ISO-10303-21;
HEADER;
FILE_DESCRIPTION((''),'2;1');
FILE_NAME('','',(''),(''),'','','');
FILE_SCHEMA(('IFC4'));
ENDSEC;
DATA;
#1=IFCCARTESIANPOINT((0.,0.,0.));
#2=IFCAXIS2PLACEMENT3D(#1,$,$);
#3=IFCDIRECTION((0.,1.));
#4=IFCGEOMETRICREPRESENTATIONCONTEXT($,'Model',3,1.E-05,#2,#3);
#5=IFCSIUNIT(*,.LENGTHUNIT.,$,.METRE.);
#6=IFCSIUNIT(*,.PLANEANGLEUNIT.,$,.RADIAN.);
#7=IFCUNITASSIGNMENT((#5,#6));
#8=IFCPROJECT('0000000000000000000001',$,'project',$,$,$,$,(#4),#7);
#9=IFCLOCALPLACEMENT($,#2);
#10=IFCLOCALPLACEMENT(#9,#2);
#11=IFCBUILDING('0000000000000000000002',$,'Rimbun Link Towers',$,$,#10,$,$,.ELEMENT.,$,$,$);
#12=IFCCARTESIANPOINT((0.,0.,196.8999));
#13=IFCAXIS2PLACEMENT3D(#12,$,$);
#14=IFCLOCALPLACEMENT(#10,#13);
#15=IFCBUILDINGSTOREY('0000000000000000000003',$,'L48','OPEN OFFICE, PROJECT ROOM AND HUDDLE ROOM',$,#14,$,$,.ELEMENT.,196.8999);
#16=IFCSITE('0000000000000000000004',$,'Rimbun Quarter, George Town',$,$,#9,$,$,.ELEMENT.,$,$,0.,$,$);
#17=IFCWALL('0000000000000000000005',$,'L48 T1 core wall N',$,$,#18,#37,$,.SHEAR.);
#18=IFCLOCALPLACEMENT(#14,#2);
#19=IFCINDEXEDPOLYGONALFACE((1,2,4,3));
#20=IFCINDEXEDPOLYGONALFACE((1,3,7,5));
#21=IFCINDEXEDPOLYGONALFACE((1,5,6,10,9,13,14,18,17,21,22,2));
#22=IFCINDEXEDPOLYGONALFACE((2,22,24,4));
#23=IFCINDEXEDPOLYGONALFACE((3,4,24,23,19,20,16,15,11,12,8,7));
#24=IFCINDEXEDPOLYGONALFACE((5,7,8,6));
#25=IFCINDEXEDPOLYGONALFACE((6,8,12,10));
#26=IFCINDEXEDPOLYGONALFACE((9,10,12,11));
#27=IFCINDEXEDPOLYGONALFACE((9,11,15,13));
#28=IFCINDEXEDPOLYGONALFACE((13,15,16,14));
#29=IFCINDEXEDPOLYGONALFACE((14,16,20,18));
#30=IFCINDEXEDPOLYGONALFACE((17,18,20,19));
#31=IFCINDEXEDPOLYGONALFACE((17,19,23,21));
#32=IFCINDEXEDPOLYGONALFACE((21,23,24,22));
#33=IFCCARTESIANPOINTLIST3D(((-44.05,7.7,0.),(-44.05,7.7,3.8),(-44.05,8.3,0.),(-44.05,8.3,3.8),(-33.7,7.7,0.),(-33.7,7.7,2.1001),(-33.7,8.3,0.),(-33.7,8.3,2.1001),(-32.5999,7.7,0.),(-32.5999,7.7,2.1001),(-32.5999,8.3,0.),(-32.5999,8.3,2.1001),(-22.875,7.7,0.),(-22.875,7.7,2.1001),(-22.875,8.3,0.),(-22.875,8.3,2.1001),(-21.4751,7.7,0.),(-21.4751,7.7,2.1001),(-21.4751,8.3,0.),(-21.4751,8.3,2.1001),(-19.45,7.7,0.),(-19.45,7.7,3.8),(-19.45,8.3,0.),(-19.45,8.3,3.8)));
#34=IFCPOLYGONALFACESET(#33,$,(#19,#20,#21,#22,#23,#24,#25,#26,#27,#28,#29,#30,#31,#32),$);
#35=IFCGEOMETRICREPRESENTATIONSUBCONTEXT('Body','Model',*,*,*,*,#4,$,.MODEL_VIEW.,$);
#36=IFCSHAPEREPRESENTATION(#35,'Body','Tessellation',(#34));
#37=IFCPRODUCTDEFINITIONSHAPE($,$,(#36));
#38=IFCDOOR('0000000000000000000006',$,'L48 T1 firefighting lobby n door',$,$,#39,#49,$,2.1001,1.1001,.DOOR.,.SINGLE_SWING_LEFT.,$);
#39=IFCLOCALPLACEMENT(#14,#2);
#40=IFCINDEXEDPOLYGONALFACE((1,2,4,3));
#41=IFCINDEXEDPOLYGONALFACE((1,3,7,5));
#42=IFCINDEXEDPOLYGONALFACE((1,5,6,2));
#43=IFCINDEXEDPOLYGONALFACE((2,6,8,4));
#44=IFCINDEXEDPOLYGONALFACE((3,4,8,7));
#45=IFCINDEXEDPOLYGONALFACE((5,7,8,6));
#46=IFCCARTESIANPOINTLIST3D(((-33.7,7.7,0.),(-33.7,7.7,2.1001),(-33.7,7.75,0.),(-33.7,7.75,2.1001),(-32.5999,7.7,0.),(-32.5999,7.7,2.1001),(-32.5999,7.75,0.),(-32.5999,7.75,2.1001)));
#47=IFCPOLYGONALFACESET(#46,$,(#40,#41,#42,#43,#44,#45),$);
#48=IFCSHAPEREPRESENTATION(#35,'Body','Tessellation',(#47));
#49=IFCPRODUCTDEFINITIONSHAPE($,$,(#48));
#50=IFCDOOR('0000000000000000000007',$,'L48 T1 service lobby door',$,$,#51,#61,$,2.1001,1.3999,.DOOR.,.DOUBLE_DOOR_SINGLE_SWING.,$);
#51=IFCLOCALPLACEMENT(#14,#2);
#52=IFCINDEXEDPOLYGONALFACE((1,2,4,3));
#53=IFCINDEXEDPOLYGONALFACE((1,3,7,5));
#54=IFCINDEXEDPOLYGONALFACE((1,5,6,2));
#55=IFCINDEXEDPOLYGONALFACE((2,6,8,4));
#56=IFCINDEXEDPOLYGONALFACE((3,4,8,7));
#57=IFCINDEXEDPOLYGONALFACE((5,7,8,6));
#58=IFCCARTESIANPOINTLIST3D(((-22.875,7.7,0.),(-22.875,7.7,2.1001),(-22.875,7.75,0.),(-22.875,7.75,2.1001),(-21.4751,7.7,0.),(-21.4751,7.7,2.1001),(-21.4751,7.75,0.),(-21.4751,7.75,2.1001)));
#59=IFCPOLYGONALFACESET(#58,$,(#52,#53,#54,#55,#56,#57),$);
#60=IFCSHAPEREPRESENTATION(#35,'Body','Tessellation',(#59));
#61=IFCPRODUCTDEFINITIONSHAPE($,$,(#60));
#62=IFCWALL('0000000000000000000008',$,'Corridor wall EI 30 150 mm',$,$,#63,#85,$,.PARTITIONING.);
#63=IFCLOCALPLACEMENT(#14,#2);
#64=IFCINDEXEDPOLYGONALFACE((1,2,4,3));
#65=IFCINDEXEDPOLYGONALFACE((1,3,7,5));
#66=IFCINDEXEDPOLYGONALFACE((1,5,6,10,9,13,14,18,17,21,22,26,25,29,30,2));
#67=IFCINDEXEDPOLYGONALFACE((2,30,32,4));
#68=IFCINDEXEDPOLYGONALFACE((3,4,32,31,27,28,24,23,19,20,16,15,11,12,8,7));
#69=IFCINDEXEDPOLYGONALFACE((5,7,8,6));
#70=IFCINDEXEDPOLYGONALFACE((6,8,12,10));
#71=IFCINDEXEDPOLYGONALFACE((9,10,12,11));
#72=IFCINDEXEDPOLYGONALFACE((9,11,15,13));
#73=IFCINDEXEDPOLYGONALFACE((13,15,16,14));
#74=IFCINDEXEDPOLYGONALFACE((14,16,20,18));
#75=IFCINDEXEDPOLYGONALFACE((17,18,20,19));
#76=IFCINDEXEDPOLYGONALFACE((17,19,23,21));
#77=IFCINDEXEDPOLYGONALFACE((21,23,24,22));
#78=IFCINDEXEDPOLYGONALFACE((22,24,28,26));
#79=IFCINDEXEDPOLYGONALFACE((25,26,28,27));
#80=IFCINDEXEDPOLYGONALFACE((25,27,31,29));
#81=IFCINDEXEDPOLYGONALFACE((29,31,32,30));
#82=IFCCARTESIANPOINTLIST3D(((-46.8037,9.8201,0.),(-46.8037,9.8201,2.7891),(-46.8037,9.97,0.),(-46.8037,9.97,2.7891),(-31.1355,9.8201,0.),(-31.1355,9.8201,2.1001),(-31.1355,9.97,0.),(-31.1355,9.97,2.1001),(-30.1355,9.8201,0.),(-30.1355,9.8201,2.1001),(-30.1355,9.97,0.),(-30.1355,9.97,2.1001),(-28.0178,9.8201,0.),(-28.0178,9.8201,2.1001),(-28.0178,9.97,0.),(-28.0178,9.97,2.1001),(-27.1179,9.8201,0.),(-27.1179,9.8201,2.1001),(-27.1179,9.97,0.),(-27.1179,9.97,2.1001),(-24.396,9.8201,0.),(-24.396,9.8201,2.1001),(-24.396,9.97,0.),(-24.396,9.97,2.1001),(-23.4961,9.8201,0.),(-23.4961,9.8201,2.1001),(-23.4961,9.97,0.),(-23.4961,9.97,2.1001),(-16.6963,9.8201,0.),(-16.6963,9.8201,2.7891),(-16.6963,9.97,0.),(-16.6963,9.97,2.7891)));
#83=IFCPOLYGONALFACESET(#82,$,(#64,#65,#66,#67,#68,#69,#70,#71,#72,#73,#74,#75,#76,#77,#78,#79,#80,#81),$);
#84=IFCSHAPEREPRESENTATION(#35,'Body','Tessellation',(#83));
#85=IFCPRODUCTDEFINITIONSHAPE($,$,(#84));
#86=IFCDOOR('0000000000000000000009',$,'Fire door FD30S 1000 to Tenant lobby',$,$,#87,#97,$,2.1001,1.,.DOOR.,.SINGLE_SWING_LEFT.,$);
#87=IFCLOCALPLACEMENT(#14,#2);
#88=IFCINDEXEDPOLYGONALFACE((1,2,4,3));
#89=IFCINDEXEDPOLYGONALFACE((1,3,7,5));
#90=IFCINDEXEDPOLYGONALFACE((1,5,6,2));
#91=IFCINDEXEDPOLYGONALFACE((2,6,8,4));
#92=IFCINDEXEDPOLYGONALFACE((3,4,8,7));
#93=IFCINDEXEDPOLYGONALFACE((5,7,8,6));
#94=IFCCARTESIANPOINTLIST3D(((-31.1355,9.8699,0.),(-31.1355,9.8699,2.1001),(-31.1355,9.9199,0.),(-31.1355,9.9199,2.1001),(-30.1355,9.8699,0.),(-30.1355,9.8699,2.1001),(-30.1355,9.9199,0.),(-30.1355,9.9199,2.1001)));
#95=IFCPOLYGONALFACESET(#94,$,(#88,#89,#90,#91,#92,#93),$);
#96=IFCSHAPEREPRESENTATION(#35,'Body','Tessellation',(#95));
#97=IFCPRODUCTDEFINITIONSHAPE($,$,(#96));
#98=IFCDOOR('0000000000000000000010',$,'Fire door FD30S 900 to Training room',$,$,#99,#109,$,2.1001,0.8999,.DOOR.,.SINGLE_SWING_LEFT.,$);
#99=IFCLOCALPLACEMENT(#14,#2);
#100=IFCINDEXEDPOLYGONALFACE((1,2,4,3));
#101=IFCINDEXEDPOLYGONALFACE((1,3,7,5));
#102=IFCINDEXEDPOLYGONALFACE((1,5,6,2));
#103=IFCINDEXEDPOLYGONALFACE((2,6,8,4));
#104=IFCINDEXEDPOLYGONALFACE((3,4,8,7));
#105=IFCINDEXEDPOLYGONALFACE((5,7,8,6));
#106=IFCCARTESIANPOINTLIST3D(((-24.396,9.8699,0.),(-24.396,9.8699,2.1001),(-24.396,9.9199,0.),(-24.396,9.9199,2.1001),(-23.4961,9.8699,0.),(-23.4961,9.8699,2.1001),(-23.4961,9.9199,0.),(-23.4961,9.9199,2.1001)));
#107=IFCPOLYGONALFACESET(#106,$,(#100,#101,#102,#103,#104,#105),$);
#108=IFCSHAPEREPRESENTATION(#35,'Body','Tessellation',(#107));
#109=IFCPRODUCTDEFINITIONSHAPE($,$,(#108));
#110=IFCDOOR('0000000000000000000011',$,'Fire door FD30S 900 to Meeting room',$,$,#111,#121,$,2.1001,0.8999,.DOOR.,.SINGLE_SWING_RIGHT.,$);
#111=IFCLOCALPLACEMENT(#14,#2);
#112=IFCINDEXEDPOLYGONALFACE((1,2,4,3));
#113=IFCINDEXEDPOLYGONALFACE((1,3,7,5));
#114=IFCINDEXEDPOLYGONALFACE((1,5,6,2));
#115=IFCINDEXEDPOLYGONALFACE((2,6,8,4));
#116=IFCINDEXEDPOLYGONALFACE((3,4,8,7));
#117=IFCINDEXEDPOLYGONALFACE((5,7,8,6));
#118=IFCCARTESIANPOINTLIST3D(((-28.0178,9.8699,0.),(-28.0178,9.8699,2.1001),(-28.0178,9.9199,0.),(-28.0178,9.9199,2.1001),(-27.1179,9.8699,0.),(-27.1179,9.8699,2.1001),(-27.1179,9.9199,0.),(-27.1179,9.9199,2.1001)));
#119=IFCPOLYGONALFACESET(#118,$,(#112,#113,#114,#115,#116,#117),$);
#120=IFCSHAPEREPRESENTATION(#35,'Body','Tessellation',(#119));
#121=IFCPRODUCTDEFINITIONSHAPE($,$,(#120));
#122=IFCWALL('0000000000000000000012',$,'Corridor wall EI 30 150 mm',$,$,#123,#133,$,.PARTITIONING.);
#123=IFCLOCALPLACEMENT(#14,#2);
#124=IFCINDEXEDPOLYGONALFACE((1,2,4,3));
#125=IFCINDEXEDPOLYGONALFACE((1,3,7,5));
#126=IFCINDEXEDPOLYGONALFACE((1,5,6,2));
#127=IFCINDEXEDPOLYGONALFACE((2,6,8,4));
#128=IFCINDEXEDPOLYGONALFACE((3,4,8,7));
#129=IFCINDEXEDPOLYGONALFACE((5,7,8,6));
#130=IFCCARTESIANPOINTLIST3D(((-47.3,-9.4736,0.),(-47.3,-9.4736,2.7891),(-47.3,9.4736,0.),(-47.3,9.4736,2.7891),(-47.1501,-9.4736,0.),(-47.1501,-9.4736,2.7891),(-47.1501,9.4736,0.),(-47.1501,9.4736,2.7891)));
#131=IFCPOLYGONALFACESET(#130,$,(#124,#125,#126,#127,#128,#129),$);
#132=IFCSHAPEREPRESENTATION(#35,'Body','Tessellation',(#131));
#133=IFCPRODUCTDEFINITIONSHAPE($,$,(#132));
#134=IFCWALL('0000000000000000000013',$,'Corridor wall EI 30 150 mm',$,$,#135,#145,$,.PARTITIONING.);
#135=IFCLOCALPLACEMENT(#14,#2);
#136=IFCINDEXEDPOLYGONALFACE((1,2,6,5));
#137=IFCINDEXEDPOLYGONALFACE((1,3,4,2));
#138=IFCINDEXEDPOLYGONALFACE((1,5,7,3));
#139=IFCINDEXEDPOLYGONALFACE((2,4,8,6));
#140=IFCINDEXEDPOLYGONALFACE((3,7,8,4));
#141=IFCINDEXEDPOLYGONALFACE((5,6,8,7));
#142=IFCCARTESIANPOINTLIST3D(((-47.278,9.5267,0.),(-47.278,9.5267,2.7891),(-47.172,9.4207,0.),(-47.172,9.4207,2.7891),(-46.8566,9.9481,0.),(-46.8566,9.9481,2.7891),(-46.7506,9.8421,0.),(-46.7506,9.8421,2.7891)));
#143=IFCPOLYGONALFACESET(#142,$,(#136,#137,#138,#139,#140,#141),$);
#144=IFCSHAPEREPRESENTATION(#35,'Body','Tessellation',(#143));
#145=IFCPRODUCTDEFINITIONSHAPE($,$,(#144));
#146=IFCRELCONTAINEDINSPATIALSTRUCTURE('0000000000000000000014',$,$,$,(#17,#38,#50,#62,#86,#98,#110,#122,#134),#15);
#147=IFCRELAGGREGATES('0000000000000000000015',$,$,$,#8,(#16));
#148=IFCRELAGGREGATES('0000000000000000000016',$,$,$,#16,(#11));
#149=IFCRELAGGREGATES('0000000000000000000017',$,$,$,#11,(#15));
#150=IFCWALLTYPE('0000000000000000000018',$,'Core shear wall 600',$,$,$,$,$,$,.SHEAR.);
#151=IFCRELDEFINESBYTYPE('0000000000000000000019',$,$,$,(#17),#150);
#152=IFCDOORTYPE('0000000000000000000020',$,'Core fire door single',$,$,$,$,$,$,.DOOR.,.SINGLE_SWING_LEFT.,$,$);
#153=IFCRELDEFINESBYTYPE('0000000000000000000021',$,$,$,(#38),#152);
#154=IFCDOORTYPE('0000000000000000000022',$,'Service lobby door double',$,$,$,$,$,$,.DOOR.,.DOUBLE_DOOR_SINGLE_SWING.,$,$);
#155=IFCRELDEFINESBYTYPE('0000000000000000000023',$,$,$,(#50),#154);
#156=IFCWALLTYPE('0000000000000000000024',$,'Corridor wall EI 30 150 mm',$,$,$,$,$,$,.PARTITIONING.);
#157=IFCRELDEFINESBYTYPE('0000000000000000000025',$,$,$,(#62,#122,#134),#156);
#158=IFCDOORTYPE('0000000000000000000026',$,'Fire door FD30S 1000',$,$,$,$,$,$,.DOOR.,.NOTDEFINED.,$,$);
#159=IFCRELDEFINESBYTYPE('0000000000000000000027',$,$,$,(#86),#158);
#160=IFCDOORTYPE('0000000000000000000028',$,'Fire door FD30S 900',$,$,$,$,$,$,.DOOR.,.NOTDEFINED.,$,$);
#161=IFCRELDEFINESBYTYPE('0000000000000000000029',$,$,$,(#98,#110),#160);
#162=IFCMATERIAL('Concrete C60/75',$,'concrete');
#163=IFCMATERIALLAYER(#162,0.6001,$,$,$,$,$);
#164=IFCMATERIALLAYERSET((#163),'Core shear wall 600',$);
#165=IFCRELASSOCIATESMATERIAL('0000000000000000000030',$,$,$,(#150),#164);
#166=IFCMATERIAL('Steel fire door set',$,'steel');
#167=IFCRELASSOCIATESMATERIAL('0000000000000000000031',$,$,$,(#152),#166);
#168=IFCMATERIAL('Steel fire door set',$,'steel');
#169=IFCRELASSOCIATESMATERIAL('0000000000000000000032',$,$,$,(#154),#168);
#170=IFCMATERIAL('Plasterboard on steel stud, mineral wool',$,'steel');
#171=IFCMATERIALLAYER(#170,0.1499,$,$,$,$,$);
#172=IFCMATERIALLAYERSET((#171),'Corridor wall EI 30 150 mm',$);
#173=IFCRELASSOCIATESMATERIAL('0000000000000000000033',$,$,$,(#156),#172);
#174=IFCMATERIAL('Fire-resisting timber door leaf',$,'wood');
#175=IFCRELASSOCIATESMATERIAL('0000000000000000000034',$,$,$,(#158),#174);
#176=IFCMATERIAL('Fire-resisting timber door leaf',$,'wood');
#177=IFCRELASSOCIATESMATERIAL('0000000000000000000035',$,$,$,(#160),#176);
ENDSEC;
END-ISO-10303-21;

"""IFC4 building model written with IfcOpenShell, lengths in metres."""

from ifc_helpers import new_model, si_unit, direction, frame, frame_2d, origin, place, context, subcontext, project, spatial, rectangle, extrude, material, layer, layer_set, type_object, element, fill, save


model = new_model("IFC4")

# Units and contexts
model_context = context("Model", 3, precision=1e-05, world=origin(), true_north=direction((0.0, 1.0)))
body_context = subcontext(model_context, "Body", "Model", "MODEL_VIEW")
ifc_project = project(units=[si_unit("LENGTHUNIT", "METRE"), si_unit("PLANEANGLEUNIT", "RADIAN")], contexts=[model_context])

# Site, building, storey
site_placement = place(None, origin())
site = spatial("IfcSite", under=ifc_project, at=site_placement, Name="Rimbun Quarter, George Town", CompositionType="ELEMENT", RefElevation=0.0)
building_placement = place(site_placement, origin())
building = spatial("IfcBuilding", under=site, at=building_placement, Name="Rimbun Link Towers", CompositionType="ELEMENT")
storey_placement = place(building_placement, frame((0.0, 0.0, 196.8999)))
storey = spatial("IfcBuildingStorey", under=building, at=storey_placement, Name="L48", Description="OPEN OFFICE, PROJECT ROOM AND HUDDLE ROOM", CompositionType="ELEMENT", Elevation=196.8999)

# Walls, openings, doors
ifc_material_1 = material(Name="Concrete C60/75", Category="concrete")
ifc_layer_1 = layer(ifc_material_1, 0.6001)
ifc_layer_set_1 = layer_set([ifc_layer_1], Name="Core shear wall 600")
wall_type_1 = type_object("IfcWallType", Name="Core shear wall 600", PredefinedType="SHEAR", material=ifc_layer_set_1)
wall_1_placement = place(storey_placement, frame((-44.05, 8.0, 0.0), z_axis=(0.0, 0.0, 1.0), x_axis=(1.0, 0.0, 0.0)))
wall_1 = element("IfcWall", 1, at=wall_1_placement, inside=storey, type_object=wall_type_1, Name="L48 T1 core wall N", PredefinedType="SHEAR", context=body_context, shape_type="SweptSolid", body=[
    extrude(rectangle(XDim=24.6001, YDim=0.6001, at=frame_2d((12.3, 0.0))), origin(), (0.0, 0.0, 1.0), 3.8),
])
opening_1_placement = place(wall_1_placement, frame((10.3501, 0.0, 0.0)))
opening_1 = element("IfcOpeningElement", 2, at=opening_1_placement, cuts=wall_1, PredefinedType="OPENING", context=body_context, shape_type="SweptSolid", body=[
    extrude(rectangle(XDim=1.1001, YDim=2.1001, at=frame_2d((0.55, 1.05))), frame((0.0, 0.3101, 0.0), z_axis=(0.0, -1.0, 0.0), x_axis=(1.0, 0.0, 0.0)), (0.0, 0.0, 1.0), 0.6201),
])
opening_2_placement = place(wall_1_placement, frame((21.175, 0.0, 0.0)))
opening_2 = element("IfcOpeningElement", 3, at=opening_2_placement, cuts=wall_1, PredefinedType="OPENING", context=body_context, shape_type="SweptSolid", body=[
    extrude(rectangle(XDim=1.3999, YDim=2.1001, at=frame_2d((0.7, 1.05))), frame((0.0, 0.3101, 0.0), z_axis=(0.0, -1.0, 0.0), x_axis=(1.0, 0.0, 0.0)), (0.0, 0.0, 1.0), 0.6201),
])
ifc_material_2 = material(Name="Steel fire door set", Category="steel")
door_type_1 = type_object("IfcDoorType", Name="Core fire door single", OperationType="SINGLE_SWING_LEFT", PredefinedType="DOOR", material=ifc_material_2)
door_1_placement = place(opening_1_placement, origin())
door_1 = element("IfcDoor", 4, at=door_1_placement, inside=storey, type_object=door_type_1, Name="L48 T1 firefighting lobby n door", OperationType="SINGLE_SWING_LEFT", OverallHeight=2.1001, OverallWidth=1.1001, PredefinedType="DOOR", context=body_context, shape_type="SweptSolid", body=[
    extrude(rectangle(XDim=1.1001, YDim=2.1001, at=frame_2d((0.55, 1.05))), frame((0.0, -0.25, 0.0), z_axis=(0.0, -1.0, 0.0), x_axis=(1.0, 0.0, 0.0)), (0.0, 0.0, 1.0), 0.05),
])
fill(opening_1, door_1)
ifc_material_3 = material(Name="Steel fire door set", Category="steel")
door_type_2 = type_object("IfcDoorType", Name="Service lobby door double", OperationType="DOUBLE_DOOR_SINGLE_SWING", PredefinedType="DOOR", material=ifc_material_3)
door_2_placement = place(opening_2_placement, origin())
door_2 = element("IfcDoor", 5, at=door_2_placement, inside=storey, type_object=door_type_2, Name="L48 T1 service lobby door", OperationType="DOUBLE_DOOR_SINGLE_SWING", OverallHeight=2.1001, OverallWidth=1.3999, PredefinedType="DOOR", context=body_context, shape_type="SweptSolid", body=[
    extrude(rectangle(XDim=1.3999, YDim=2.1001, at=frame_2d((0.7, 1.05))), frame((0.0, -0.25, 0.0), z_axis=(0.0, -1.0, 0.0), x_axis=(1.0, 0.0, 0.0)), (0.0, 0.0, 1.0), 0.05),
])
fill(opening_2, door_2)
ifc_material_4 = material(Name="Plasterboard on steel stud, mineral wool", Category="steel")
ifc_layer_2 = layer(ifc_material_4, 0.1499)
ifc_layer_set_2 = layer_set([ifc_layer_2], Name="Corridor wall EI 30 150 mm")
wall_type_2 = type_object("IfcWallType", Name="Corridor wall EI 30 150 mm", PredefinedType="PARTITIONING", material=ifc_layer_set_2)
wall_2_placement = place(storey_placement, frame((-46.8037, 9.895, 0.0), z_axis=(0.0, 0.0, 1.0), x_axis=(1.0, 0.0, 0.0)))
wall_2 = element("IfcWall", 6, at=wall_2_placement, inside=storey, type_object=wall_type_2, Name="Corridor wall EI 30 150 mm", PredefinedType="PARTITIONING", context=body_context, shape_type="SweptSolid", body=[
    extrude(rectangle(XDim=30.1074, YDim=0.1499, at=frame_2d((15.0537, 0.0))), origin(), (0.0, 0.0, 1.0), 2.7891),
])
opening_3_placement = place(wall_2_placement, frame((22.4077, 0.0, 0.0)))
opening_3 = element("IfcOpeningElement", 7, at=opening_3_placement, cuts=wall_2, PredefinedType="OPENING", context=body_context, shape_type="SweptSolid", body=[
    extrude(rectangle(XDim=0.8999, YDim=2.1001, at=frame_2d((0.45, 1.05))), frame((0.0, 0.085, 0.0), z_axis=(0.0, -1.0, 0.0), x_axis=(1.0, 0.0, 0.0)), (0.0, 0.0, 1.0), 0.1699),
])
opening_4_placement = place(wall_2_placement, frame((18.7859, 0.0, 0.0)))
opening_4 = element("IfcOpeningElement", 8, at=opening_4_placement, cuts=wall_2, PredefinedType="OPENING", context=body_context, shape_type="SweptSolid", body=[
    extrude(rectangle(XDim=0.8999, YDim=2.1001, at=frame_2d((0.45, 1.05))), frame((0.0, 0.085, 0.0), z_axis=(0.0, -1.0, 0.0), x_axis=(1.0, 0.0, 0.0)), (0.0, 0.0, 1.0), 0.1699),
])
opening_5_placement = place(wall_2_placement, frame((15.6682, 0.0, 0.0)))
opening_5 = element("IfcOpeningElement", 9, at=opening_5_placement, cuts=wall_2, PredefinedType="OPENING", context=body_context, shape_type="SweptSolid", body=[
    extrude(rectangle(XDim=1.0, YDim=2.1001, at=frame_2d((0.5, 1.05))), frame((0.0, 0.085, 0.0), z_axis=(0.0, -1.0, 0.0), x_axis=(1.0, 0.0, 0.0)), (0.0, 0.0, 1.0), 0.1699),
])
ifc_material_5 = material(Name="Fire-resisting timber door leaf", Category="wood")
door_type_3 = type_object("IfcDoorType", Name="Fire door FD30S 1000", OperationType="NOTDEFINED", PredefinedType="DOOR", material=ifc_material_5)
door_3_placement = place(opening_5_placement, origin())
door_3 = element("IfcDoor", 10, at=door_3_placement, inside=storey, type_object=door_type_3, Name="Fire door FD30S 1000 to Tenant lobby", OperationType="SINGLE_SWING_LEFT", OverallHeight=2.1001, OverallWidth=1.0, PredefinedType="DOOR", context=body_context, shape_type="SweptSolid", body=[
    extrude(rectangle(XDim=1.0, YDim=2.1001, at=frame_2d((0.5, 1.05))), frame((0.0, 0.0249, 0.0), z_axis=(0.0, -1.0, 0.0), x_axis=(1.0, 0.0, 0.0)), (0.0, 0.0, 1.0), 0.05),
])
fill(opening_5, door_3)
ifc_material_6 = material(Name="Fire-resisting timber door leaf", Category="wood")
door_type_4 = type_object("IfcDoorType", Name="Fire door FD30S 900", OperationType="NOTDEFINED", PredefinedType="DOOR", material=ifc_material_6)
door_4_placement = place(opening_3_placement, origin())
door_4 = element("IfcDoor", 11, at=door_4_placement, inside=storey, type_object=door_type_4, Name="Fire door FD30S 900 to Training room", OperationType="SINGLE_SWING_LEFT", OverallHeight=2.1001, OverallWidth=0.8999, PredefinedType="DOOR", context=body_context, shape_type="SweptSolid", body=[
    extrude(rectangle(XDim=0.8999, YDim=2.1001, at=frame_2d((0.45, 1.05))), frame((0.0, 0.0249, 0.0), z_axis=(0.0, -1.0, 0.0), x_axis=(1.0, 0.0, 0.0)), (0.0, 0.0, 1.0), 0.05),
])
fill(opening_3, door_4)
door_5_placement = place(opening_4_placement, origin())
door_5 = element("IfcDoor", 12, at=door_5_placement, inside=storey, type_object=door_type_4, Name="Fire door FD30S 900 to Meeting room", OperationType="SINGLE_SWING_RIGHT", OverallHeight=2.1001, OverallWidth=0.8999, PredefinedType="DOOR", context=body_context, shape_type="SweptSolid", body=[
    extrude(rectangle(XDim=0.8999, YDim=2.1001, at=frame_2d((0.45, 1.05))), frame((0.0, 0.0249, 0.0), z_axis=(0.0, -1.0, 0.0), x_axis=(1.0, 0.0, 0.0)), (0.0, 0.0, 1.0), 0.05),
])
fill(opening_4, door_5)

# Walls
wall_3_placement = place(storey_placement, frame((-47.2251, 9.4736, 0.0), z_axis=(0.0, 0.0, 1.0), x_axis=(0.0, -1.0, 0.0)))
element("IfcWall", 13, at=wall_3_placement, inside=storey, type_object=wall_type_2, Name="Corridor wall EI 30 150 mm", PredefinedType="PARTITIONING", context=body_context, shape_type="SweptSolid", body=[
    extrude(rectangle(XDim=18.9473, YDim=0.1499, at=frame_2d((9.4736, 0.0))), origin(), (0.0, 0.0, 1.0), 2.7891),
])
wall_4_placement = place(storey_placement, frame((-46.8037, 9.895, 0.0), z_axis=(0.0, 0.0, 1.0), x_axis=(-0.707107, -0.707107, 0.0)))
element("IfcWall", 14, at=wall_4_placement, inside=storey, type_object=wall_type_2, Name="Corridor wall EI 30 150 mm", PredefinedType="PARTITIONING", context=body_context, shape_type="SweptSolid", body=[
    extrude(rectangle(XDim=0.5959, YDim=0.1499, at=frame_2d((0.2979, 0.0))), origin(), (0.0, 0.0, 1.0), 2.7891),
])

save(model, "model.ifc")
